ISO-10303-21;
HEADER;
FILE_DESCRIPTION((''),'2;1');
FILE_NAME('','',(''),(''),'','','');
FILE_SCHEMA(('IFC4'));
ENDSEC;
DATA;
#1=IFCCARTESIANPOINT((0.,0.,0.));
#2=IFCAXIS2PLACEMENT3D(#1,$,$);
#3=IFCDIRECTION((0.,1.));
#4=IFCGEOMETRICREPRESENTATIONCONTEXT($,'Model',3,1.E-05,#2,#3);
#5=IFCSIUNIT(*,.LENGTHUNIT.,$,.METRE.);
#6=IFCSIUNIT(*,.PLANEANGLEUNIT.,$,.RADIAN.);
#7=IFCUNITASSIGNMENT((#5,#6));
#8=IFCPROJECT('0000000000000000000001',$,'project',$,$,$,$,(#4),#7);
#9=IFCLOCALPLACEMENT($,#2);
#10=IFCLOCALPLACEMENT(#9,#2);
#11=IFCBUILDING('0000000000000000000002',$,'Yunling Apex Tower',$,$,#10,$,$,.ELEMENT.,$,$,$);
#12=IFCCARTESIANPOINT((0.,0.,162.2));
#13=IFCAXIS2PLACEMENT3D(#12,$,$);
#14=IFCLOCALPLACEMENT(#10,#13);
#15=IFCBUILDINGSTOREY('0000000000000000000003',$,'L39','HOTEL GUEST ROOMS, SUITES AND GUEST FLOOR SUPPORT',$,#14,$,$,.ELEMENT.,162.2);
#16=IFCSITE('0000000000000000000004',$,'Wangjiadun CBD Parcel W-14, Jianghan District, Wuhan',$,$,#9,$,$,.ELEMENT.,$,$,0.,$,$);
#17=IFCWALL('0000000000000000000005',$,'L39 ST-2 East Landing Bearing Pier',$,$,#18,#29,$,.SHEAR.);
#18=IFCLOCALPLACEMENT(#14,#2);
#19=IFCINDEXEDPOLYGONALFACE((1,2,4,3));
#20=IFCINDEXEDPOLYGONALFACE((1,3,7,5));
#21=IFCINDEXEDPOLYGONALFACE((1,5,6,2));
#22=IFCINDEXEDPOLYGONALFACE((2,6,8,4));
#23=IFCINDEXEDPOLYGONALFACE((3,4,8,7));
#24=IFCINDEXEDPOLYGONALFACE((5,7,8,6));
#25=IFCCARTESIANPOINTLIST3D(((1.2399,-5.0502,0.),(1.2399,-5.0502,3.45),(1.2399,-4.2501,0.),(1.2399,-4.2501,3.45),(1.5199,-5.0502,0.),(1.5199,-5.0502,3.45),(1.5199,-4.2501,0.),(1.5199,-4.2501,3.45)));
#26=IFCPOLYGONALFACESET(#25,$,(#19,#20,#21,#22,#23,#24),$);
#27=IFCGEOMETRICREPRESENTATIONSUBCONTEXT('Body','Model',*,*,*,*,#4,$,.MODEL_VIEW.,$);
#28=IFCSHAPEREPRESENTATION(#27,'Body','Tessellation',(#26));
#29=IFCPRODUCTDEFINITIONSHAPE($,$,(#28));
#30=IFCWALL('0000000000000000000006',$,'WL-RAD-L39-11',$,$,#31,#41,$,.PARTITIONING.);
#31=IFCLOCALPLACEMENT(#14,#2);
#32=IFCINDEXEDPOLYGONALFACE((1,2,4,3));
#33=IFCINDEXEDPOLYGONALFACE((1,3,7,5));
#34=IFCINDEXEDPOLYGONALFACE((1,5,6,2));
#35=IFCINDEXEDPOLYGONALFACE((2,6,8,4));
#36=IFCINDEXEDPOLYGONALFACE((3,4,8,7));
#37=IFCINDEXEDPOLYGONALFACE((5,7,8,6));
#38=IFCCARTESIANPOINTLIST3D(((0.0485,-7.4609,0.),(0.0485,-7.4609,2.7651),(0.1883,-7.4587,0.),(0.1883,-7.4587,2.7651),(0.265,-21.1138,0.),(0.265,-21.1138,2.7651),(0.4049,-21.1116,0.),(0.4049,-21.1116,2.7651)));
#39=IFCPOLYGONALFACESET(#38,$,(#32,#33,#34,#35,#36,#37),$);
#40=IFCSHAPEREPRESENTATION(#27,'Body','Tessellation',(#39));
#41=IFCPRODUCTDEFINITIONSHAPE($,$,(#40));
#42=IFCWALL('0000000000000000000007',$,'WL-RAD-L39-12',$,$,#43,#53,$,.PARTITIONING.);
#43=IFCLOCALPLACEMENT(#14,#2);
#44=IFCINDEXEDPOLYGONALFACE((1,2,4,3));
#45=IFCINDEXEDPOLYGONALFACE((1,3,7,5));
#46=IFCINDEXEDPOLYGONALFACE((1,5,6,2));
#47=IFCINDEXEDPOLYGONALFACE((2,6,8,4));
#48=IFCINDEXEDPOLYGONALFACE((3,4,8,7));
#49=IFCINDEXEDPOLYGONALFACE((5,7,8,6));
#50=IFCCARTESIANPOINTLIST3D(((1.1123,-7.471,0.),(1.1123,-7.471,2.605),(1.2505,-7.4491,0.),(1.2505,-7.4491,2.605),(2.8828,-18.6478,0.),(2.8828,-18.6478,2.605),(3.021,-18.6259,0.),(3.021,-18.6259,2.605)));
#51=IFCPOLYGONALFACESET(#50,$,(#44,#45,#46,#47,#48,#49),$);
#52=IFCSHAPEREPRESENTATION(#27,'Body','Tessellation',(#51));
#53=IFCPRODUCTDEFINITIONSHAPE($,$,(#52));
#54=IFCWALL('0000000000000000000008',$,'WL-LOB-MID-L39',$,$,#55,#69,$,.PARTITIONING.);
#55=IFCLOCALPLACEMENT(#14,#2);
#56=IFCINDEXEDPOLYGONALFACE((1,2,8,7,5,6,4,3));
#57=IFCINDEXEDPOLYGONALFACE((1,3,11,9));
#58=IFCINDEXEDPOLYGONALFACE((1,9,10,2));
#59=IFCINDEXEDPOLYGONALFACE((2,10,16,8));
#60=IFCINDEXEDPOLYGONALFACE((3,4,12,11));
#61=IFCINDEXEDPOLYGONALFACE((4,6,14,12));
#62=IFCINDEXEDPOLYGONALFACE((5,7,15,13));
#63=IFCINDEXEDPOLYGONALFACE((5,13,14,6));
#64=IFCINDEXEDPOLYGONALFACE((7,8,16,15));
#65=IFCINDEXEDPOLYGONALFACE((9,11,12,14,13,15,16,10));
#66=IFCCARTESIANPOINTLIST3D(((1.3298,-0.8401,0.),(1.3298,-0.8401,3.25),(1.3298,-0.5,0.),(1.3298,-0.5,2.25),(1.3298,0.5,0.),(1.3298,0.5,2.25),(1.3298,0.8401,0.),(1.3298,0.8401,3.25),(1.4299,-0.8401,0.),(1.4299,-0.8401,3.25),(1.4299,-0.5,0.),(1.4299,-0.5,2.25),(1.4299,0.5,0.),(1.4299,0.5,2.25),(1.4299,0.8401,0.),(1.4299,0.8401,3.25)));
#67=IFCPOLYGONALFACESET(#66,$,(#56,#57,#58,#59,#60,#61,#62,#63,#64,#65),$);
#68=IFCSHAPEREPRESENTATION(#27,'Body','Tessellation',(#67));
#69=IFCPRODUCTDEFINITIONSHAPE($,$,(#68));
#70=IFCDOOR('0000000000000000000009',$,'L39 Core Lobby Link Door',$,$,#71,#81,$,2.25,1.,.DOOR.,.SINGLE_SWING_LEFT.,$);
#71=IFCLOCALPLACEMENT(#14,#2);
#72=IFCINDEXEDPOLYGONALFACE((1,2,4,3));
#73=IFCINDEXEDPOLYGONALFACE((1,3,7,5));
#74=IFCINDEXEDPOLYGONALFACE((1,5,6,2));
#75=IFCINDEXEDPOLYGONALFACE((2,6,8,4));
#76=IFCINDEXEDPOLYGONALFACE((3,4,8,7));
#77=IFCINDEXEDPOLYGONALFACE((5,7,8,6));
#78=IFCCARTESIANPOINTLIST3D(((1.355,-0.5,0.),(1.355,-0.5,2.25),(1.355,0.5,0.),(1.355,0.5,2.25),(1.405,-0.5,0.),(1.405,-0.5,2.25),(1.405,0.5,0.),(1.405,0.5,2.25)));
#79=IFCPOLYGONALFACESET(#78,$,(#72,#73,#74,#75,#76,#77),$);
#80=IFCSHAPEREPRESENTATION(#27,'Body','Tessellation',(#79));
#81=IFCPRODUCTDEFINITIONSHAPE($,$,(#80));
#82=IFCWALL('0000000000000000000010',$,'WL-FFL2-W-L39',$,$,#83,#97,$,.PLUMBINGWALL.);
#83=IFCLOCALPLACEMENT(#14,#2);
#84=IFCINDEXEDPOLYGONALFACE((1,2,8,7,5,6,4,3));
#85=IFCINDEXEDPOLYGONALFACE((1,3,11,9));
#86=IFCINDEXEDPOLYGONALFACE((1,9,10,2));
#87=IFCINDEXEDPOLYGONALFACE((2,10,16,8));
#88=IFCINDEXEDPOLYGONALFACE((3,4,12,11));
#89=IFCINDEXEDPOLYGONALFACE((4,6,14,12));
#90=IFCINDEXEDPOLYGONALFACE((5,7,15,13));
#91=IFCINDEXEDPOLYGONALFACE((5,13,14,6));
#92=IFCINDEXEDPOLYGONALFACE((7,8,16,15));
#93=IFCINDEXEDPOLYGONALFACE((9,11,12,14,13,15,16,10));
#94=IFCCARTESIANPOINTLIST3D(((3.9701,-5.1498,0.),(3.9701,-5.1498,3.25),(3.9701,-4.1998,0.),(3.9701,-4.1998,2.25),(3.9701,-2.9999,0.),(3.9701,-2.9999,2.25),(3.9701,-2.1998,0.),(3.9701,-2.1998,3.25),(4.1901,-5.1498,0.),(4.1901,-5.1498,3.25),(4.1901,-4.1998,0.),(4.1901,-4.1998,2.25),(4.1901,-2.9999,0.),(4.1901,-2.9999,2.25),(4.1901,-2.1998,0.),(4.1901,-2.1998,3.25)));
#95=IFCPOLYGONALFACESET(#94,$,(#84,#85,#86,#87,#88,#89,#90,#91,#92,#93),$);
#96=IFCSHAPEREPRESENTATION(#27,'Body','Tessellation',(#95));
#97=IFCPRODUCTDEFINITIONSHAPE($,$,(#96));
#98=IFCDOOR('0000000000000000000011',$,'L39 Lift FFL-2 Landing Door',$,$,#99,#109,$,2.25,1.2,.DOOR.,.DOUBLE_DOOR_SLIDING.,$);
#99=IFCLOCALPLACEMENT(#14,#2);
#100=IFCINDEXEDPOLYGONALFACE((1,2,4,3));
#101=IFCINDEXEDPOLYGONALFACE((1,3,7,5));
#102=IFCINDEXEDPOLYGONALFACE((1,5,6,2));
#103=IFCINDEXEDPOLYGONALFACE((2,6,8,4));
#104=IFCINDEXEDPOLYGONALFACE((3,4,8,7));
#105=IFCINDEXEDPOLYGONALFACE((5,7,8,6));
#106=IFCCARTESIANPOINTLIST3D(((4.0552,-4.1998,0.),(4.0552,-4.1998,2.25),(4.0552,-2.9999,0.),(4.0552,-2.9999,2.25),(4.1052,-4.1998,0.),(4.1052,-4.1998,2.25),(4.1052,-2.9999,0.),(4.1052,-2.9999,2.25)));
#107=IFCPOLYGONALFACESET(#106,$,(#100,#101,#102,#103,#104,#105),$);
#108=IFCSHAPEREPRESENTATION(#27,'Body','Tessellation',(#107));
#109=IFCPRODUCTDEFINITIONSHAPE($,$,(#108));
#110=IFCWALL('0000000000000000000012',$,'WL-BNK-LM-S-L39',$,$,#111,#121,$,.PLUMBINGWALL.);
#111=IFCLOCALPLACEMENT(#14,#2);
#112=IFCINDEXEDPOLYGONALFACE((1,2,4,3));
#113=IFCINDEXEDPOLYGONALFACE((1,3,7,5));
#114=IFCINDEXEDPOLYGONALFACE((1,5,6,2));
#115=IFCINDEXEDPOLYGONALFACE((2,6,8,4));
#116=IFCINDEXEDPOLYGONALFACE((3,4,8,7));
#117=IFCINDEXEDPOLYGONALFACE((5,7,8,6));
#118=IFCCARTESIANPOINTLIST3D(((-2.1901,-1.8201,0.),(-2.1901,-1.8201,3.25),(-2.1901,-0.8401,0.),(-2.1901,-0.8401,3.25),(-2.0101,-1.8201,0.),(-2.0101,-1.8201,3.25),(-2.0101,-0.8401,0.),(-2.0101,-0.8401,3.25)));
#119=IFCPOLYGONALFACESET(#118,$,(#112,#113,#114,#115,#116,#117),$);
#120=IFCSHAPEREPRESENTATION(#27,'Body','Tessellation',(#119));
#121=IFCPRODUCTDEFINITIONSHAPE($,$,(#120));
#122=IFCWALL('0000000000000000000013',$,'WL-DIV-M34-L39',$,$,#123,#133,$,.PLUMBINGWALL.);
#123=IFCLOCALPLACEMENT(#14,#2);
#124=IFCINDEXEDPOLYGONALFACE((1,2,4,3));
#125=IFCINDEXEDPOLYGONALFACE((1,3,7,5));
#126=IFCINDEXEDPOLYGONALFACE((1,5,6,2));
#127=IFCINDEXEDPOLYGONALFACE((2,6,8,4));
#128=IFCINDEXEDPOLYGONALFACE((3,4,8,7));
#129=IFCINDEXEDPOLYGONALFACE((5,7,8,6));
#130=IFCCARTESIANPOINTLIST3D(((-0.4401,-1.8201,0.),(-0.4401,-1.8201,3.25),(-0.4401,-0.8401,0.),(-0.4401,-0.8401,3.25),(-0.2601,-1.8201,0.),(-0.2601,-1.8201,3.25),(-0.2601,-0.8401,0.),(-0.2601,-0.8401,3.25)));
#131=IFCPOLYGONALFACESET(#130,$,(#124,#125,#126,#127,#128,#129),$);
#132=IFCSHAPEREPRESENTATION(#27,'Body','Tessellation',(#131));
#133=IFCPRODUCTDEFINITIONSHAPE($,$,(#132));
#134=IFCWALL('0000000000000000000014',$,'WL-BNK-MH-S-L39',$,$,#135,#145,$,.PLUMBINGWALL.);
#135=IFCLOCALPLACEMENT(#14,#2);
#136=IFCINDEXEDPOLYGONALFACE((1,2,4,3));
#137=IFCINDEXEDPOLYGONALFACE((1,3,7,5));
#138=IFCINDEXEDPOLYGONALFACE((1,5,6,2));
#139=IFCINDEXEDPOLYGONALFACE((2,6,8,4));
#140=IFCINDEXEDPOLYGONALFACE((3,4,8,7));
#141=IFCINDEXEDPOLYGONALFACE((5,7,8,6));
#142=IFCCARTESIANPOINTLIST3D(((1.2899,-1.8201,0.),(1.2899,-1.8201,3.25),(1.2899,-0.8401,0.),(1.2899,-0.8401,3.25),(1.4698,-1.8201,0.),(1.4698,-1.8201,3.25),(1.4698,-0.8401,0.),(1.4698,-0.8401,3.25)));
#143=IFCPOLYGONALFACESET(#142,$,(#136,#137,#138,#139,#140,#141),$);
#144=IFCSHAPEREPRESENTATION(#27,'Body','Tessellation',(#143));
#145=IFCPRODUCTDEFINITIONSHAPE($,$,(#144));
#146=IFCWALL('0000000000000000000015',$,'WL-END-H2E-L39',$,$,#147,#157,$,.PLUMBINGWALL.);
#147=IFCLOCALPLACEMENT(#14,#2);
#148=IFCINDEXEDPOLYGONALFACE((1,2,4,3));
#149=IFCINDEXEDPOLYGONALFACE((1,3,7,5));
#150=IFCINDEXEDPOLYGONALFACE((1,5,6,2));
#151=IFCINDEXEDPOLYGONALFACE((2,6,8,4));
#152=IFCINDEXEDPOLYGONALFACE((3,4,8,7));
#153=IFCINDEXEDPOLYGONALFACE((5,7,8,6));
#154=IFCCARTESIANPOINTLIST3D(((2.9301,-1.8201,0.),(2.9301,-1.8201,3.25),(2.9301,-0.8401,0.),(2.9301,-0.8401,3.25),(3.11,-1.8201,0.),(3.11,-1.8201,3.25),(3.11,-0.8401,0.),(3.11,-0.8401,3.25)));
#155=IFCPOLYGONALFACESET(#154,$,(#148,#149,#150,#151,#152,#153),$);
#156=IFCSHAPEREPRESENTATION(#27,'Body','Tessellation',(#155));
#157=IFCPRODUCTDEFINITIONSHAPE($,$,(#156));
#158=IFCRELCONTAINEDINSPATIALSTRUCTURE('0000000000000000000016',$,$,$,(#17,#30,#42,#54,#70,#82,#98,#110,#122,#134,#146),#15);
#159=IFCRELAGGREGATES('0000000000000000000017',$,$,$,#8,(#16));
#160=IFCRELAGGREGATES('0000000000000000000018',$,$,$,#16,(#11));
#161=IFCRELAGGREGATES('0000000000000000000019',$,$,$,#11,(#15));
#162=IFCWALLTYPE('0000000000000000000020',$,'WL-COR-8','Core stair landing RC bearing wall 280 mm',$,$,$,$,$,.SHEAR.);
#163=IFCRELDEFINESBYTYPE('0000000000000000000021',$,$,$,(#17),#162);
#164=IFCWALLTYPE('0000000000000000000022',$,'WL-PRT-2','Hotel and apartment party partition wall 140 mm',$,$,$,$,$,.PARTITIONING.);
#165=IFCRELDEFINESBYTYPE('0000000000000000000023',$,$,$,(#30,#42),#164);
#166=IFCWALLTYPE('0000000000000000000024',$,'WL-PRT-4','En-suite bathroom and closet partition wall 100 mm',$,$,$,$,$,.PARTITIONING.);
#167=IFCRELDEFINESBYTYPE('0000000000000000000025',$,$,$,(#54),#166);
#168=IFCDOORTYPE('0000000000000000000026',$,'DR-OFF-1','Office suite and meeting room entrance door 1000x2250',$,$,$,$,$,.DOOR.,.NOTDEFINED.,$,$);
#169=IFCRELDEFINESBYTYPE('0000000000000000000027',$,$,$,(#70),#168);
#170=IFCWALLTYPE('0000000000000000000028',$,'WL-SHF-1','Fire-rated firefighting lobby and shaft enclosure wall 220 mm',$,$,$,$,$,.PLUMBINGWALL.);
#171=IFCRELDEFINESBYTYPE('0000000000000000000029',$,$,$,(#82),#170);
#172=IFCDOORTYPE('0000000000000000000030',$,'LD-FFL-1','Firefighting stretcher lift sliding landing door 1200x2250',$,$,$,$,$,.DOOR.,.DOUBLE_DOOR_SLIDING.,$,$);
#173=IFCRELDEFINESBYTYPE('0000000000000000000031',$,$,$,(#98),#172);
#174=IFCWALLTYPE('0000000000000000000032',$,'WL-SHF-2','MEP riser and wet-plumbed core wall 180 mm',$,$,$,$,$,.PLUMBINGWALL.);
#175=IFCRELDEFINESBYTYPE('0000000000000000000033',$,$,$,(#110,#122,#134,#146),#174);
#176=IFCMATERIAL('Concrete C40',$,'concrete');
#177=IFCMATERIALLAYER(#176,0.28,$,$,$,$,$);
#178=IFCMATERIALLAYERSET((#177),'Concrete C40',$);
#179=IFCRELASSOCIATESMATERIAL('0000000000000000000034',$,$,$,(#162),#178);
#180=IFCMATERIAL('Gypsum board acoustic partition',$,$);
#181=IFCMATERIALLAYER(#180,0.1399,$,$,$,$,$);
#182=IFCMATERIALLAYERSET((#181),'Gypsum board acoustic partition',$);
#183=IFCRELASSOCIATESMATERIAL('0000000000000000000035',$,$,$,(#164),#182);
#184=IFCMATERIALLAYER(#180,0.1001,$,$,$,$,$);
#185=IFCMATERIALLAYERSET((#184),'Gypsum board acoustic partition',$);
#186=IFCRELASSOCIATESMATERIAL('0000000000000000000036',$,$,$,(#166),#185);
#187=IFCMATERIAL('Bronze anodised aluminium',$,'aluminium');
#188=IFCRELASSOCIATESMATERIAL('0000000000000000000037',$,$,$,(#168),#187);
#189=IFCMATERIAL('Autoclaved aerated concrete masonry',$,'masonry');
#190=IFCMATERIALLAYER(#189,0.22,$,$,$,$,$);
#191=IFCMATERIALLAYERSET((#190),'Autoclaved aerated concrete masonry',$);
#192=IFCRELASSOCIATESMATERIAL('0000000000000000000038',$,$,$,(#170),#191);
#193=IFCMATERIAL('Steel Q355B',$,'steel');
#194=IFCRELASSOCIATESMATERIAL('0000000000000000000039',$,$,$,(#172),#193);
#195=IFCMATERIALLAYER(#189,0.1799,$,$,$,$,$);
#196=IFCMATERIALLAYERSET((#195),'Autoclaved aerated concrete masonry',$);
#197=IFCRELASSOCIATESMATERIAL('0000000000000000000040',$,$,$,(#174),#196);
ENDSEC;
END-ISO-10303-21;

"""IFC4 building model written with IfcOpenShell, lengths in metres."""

from ifc_helpers import new_model, si_unit, direction, frame, frame_2d, origin, place, context, subcontext, project, spatial, rectangle, extrude, material, layer, layer_set, type_object, element, fill, save


model = new_model("IFC4")

# Units and contexts
model_context = context("Model", 3, precision=1e-05, world=origin(), true_north=direction((0.0, 1.0)))
body_context = subcontext(model_context, "Body", "Model", "MODEL_VIEW")
ifc_project = project(units=[si_unit("LENGTHUNIT", "METRE"), si_unit("PLANEANGLEUNIT", "RADIAN")], contexts=[model_context])

# Site, building, storey
site_placement = place(None, origin())
site = spatial("IfcSite", under=ifc_project, at=site_placement, Name="Wangjiadun CBD Parcel W-14, Jianghan District, Wuhan", CompositionType="ELEMENT", RefElevation=0.0)
building_placement = place(site_placement, origin())
building = spatial("IfcBuilding", under=site, at=building_placement, Name="Yunling Apex Tower", CompositionType="ELEMENT")
storey_placement = place(building_placement, frame((0.0, 0.0, 162.2)))
storey = spatial("IfcBuildingStorey", under=building, at=storey_placement, Name="L39", Description="HOTEL GUEST ROOMS, SUITES AND GUEST FLOOR SUPPORT", CompositionType="ELEMENT", Elevation=162.2)

# Walls
ifc_material_1 = material(Name="Concrete C40", Category="concrete")
ifc_layer_1 = layer(ifc_material_1, 0.28)
ifc_layer_set_1 = layer_set([ifc_layer_1], Name="Concrete C40")
wall_type_1 = type_object("IfcWallType", Name="WL-COR-8", Description="Core stair landing RC bearing wall 280 mm", PredefinedType="SHEAR", material=ifc_layer_set_1)
wall_1_placement = place(storey_placement, frame((1.3799, -5.05, 0.0), z_axis=(0.0, 0.0, 1.0), x_axis=(0.0, 1.0, 0.0)))
element("IfcWall", 1, at=wall_1_placement, inside=storey, type_object=wall_type_1, Name="L39 ST-2 East Landing Bearing Pier", PredefinedType="SHEAR", context=body_context, shape_type="SweptSolid", body=[
    extrude(rectangle(XDim=0.8, YDim=0.28, at=frame_2d((0.3999, 0.0))), origin(), (0.0, 0.0, 1.0), 3.45),
])
ifc_material_2 = material(Name="Gypsum board acoustic partition")
ifc_layer_2 = layer(ifc_material_2, 0.1399)
ifc_layer_set_2 = layer_set([ifc_layer_2], Name="Gypsum board acoustic partition")
wall_type_2 = type_object("IfcWallType", Name="WL-PRT-2", Description="Hotel and apartment party partition wall 140 mm", PredefinedType="PARTITIONING", material=ifc_layer_set_2)
wall_2_placement = place(storey_placement, frame((0.1184, -7.46, 0.0), z_axis=(0.0, 0.0, 1.0), x_axis=(0.015859, -0.999874, 0.0)))
element("IfcWall", 2, at=wall_2_placement, inside=storey, type_object=wall_type_2, Name="WL-RAD-L39-11", PredefinedType="PARTITIONING", context=body_context, shape_type="SweptSolid", body=[
    extrude(rectangle(XDim=13.6545, YDim=0.1399, at=frame_2d((6.8271, 0.0))), origin(), (0.0, 0.0, 1.0), 2.7651),
])
wall_3_placement = place(storey_placement, frame((1.1814, -7.46, 0.0), z_axis=(0.0, 0.0, 1.0), x_axis=(0.156459, -0.987684, 0.0)))
element("IfcWall", 3, at=wall_3_placement, inside=storey, type_object=wall_type_2, Name="WL-RAD-L39-12", PredefinedType="PARTITIONING", context=body_context, shape_type="SweptSolid", body=[
    extrude(rectangle(XDim=11.3162, YDim=0.1399, at=frame_2d((5.6582, 0.0))), origin(), (0.0, 0.0, 1.0), 2.605),
])

# Walls, openings, doors
ifc_layer_3 = layer(ifc_material_2, 0.1001)
ifc_layer_set_3 = layer_set([ifc_layer_3], Name="Gypsum board acoustic partition")
wall_type_3 = type_object("IfcWallType", Name="WL-PRT-4", Description="En-suite bathroom and closet partition wall 100 mm", PredefinedType="PARTITIONING", material=ifc_layer_set_3)
wall_4_placement = place(storey_placement, frame((1.3799, -0.8401, 0.0), z_axis=(0.0, 0.0, 1.0), x_axis=(0.0, 1.0, 0.0)))
wall_4 = element("IfcWall", 4, at=wall_4_placement, inside=storey, type_object=wall_type_3, Name="WL-LOB-MID-L39", PredefinedType="PARTITIONING", context=body_context, shape_type="SweptSolid", body=[
    extrude(rectangle(XDim=1.6802, YDim=0.1001, at=frame_2d((0.8401, 0.0))), origin(), (0.0, 0.0, 1.0), 3.25),
])
opening_1_placement = place(wall_4_placement, frame((0.3401, 0.0, 0.0)))
opening_1 = element("IfcOpeningElement", 5, at=opening_1_placement, cuts=wall_4, PredefinedType="OPENING", context=body_context, shape_type="SweptSolid", body=[
    extrude(rectangle(XDim=1.0, YDim=2.25, at=frame_2d((0.5, 1.125))), frame((0.0, 0.0601, 0.0), z_axis=(0.0, -1.0, 0.0), x_axis=(1.0, 0.0, 0.0)), (0.0, 0.0, 1.0), 0.1201),
])
ifc_material_3 = material(Name="Bronze anodised aluminium", Category="aluminium")
door_type_1 = type_object("IfcDoorType", Name="DR-OFF-1", Description="Office suite and meeting room entrance door 1000x2250", OperationType="NOTDEFINED", PredefinedType="DOOR", material=ifc_material_3)
door_1_placement = place(opening_1_placement, origin())
door_1 = element("IfcDoor", 6, at=door_1_placement, inside=storey, type_object=door_type_1, Name="L39 Core Lobby Link Door", OperationType="SINGLE_SWING_LEFT", OverallHeight=2.25, OverallWidth=1.0, PredefinedType="DOOR", context=body_context, shape_type="SweptSolid", body=[
    extrude(rectangle(XDim=1.0, YDim=2.25, at=frame_2d((0.5, 1.125))), frame((0.0, 0.0249, 0.0), z_axis=(0.0, -1.0, 0.0), x_axis=(1.0, 0.0, 0.0)), (0.0, 0.0, 1.0), 0.05),
])
fill(opening_1, door_1)
ifc_material_4 = material(Name="Autoclaved aerated concrete masonry", Category="masonry")
ifc_layer_4 = layer(ifc_material_4, 0.22)
ifc_layer_set_4 = layer_set([ifc_layer_4], Name="Autoclaved aerated concrete masonry")
wall_type_4 = type_object("IfcWallType", Name="WL-SHF-1", Description="Fire-rated firefighting lobby and shaft enclosure wall 220 mm", PredefinedType="PLUMBINGWALL", material=ifc_layer_set_4)
ifc_material_5 = material(Name="Steel Q355B", Category="steel")
wall_5_placement = place(storey_placement, frame((4.0801, -5.1499, 0.0), z_axis=(0.0, 0.0, 1.0), x_axis=(0.0, 1.0, 0.0)))
wall_5 = element("IfcWall", 7, at=wall_5_placement, inside=storey, type_object=wall_type_4, Name="WL-FFL2-W-L39", PredefinedType="PLUMBINGWALL", context=body_context, shape_type="SweptSolid", body=[
    extrude(rectangle(XDim=2.95, YDim=0.22, at=frame_2d((1.4751, 0.0))), origin(), (0.0, 0.0, 1.0), 3.25),
])
opening_2_placement = place(wall_5_placement, frame((0.95, 0.0, 0.0)))
opening_2 = element("IfcOpeningElement", 8, at=opening_2_placement, cuts=wall_5, PredefinedType="OPENING", context=body_context, shape_type="SweptSolid", body=[
    extrude(rectangle(XDim=1.2, YDim=2.25, at=frame_2d((0.6001, 1.125))), frame((0.0, 0.1201, 0.0), z_axis=(0.0, -1.0, 0.0), x_axis=(1.0, 0.0, 0.0)), (0.0, 0.0, 1.0), 0.24),
])
door_type_2 = type_object("IfcDoorType", Name="LD-FFL-1", Description="Firefighting stretcher lift sliding landing door 1200x2250", OperationType="DOUBLE_DOOR_SLIDING", PredefinedType="DOOR", material=ifc_material_5)
door_2_placement = place(opening_2_placement, origin())
door_2 = element("IfcDoor", 9, at=door_2_placement, inside=storey, type_object=door_type_2, Name="L39 Lift FFL-2 Landing Door", OperationType="DOUBLE_DOOR_SLIDING", OverallHeight=2.25, OverallWidth=1.2, PredefinedType="DOOR", context=body_context, shape_type="SweptSolid", body=[
    extrude(rectangle(XDim=1.2, YDim=2.25, at=frame_2d((0.6001, 1.125))), frame((0.0, 0.0249, 0.0), z_axis=(0.0, -1.0, 0.0), x_axis=(1.0, 0.0, 0.0)), (0.0, 0.0, 1.0), 0.05),
])
fill(opening_2, door_2)

# Walls
ifc_layer_5 = layer(ifc_material_4, 0.1799)
ifc_layer_set_5 = layer_set([ifc_layer_5], Name="Autoclaved aerated concrete masonry")
wall_type_5 = type_object("IfcWallType", Name="WL-SHF-2", Description="MEP riser and wet-plumbed core wall 180 mm", PredefinedType="PLUMBINGWALL", material=ifc_layer_set_5)
for number, where, z_axis, x_axis, name in (
    (10, (-2.1001, -1.8201, 0.0), (0.0, 0.0, 1.0), (0.0, 1.0, 0.0), "WL-BNK-LM-S-L39"),
    (11, (-0.3501, -1.8201, 0.0), (0.0, 0.0, 1.0), (0.0, 1.0, 0.0), "WL-DIV-M34-L39"),
    (12, (1.3799, -1.8201, 0.0), (0.0, 0.0, 1.0), (0.0, 1.0, 0.0), "WL-BNK-MH-S-L39"),
    (13, (3.02, -1.8201, 0.0), (0.0, 0.0, 1.0), (0.0, 1.0, 0.0), "WL-END-H2E-L39"),
):
    element("IfcWall", number, at=place(storey_placement, frame(where, z_axis=z_axis, x_axis=x_axis)), inside=storey, type_object=wall_type_5, Name=name, PredefinedType="PLUMBINGWALL", context=body_context, shape_type="SweptSolid", body=[
        extrude(rectangle(XDim=0.98, YDim=0.1799, at=frame_2d((0.49, 0.0))), origin(), (0.0, 0.0, 1.0), 3.25),
    ])

save(model, "model.ifc")
